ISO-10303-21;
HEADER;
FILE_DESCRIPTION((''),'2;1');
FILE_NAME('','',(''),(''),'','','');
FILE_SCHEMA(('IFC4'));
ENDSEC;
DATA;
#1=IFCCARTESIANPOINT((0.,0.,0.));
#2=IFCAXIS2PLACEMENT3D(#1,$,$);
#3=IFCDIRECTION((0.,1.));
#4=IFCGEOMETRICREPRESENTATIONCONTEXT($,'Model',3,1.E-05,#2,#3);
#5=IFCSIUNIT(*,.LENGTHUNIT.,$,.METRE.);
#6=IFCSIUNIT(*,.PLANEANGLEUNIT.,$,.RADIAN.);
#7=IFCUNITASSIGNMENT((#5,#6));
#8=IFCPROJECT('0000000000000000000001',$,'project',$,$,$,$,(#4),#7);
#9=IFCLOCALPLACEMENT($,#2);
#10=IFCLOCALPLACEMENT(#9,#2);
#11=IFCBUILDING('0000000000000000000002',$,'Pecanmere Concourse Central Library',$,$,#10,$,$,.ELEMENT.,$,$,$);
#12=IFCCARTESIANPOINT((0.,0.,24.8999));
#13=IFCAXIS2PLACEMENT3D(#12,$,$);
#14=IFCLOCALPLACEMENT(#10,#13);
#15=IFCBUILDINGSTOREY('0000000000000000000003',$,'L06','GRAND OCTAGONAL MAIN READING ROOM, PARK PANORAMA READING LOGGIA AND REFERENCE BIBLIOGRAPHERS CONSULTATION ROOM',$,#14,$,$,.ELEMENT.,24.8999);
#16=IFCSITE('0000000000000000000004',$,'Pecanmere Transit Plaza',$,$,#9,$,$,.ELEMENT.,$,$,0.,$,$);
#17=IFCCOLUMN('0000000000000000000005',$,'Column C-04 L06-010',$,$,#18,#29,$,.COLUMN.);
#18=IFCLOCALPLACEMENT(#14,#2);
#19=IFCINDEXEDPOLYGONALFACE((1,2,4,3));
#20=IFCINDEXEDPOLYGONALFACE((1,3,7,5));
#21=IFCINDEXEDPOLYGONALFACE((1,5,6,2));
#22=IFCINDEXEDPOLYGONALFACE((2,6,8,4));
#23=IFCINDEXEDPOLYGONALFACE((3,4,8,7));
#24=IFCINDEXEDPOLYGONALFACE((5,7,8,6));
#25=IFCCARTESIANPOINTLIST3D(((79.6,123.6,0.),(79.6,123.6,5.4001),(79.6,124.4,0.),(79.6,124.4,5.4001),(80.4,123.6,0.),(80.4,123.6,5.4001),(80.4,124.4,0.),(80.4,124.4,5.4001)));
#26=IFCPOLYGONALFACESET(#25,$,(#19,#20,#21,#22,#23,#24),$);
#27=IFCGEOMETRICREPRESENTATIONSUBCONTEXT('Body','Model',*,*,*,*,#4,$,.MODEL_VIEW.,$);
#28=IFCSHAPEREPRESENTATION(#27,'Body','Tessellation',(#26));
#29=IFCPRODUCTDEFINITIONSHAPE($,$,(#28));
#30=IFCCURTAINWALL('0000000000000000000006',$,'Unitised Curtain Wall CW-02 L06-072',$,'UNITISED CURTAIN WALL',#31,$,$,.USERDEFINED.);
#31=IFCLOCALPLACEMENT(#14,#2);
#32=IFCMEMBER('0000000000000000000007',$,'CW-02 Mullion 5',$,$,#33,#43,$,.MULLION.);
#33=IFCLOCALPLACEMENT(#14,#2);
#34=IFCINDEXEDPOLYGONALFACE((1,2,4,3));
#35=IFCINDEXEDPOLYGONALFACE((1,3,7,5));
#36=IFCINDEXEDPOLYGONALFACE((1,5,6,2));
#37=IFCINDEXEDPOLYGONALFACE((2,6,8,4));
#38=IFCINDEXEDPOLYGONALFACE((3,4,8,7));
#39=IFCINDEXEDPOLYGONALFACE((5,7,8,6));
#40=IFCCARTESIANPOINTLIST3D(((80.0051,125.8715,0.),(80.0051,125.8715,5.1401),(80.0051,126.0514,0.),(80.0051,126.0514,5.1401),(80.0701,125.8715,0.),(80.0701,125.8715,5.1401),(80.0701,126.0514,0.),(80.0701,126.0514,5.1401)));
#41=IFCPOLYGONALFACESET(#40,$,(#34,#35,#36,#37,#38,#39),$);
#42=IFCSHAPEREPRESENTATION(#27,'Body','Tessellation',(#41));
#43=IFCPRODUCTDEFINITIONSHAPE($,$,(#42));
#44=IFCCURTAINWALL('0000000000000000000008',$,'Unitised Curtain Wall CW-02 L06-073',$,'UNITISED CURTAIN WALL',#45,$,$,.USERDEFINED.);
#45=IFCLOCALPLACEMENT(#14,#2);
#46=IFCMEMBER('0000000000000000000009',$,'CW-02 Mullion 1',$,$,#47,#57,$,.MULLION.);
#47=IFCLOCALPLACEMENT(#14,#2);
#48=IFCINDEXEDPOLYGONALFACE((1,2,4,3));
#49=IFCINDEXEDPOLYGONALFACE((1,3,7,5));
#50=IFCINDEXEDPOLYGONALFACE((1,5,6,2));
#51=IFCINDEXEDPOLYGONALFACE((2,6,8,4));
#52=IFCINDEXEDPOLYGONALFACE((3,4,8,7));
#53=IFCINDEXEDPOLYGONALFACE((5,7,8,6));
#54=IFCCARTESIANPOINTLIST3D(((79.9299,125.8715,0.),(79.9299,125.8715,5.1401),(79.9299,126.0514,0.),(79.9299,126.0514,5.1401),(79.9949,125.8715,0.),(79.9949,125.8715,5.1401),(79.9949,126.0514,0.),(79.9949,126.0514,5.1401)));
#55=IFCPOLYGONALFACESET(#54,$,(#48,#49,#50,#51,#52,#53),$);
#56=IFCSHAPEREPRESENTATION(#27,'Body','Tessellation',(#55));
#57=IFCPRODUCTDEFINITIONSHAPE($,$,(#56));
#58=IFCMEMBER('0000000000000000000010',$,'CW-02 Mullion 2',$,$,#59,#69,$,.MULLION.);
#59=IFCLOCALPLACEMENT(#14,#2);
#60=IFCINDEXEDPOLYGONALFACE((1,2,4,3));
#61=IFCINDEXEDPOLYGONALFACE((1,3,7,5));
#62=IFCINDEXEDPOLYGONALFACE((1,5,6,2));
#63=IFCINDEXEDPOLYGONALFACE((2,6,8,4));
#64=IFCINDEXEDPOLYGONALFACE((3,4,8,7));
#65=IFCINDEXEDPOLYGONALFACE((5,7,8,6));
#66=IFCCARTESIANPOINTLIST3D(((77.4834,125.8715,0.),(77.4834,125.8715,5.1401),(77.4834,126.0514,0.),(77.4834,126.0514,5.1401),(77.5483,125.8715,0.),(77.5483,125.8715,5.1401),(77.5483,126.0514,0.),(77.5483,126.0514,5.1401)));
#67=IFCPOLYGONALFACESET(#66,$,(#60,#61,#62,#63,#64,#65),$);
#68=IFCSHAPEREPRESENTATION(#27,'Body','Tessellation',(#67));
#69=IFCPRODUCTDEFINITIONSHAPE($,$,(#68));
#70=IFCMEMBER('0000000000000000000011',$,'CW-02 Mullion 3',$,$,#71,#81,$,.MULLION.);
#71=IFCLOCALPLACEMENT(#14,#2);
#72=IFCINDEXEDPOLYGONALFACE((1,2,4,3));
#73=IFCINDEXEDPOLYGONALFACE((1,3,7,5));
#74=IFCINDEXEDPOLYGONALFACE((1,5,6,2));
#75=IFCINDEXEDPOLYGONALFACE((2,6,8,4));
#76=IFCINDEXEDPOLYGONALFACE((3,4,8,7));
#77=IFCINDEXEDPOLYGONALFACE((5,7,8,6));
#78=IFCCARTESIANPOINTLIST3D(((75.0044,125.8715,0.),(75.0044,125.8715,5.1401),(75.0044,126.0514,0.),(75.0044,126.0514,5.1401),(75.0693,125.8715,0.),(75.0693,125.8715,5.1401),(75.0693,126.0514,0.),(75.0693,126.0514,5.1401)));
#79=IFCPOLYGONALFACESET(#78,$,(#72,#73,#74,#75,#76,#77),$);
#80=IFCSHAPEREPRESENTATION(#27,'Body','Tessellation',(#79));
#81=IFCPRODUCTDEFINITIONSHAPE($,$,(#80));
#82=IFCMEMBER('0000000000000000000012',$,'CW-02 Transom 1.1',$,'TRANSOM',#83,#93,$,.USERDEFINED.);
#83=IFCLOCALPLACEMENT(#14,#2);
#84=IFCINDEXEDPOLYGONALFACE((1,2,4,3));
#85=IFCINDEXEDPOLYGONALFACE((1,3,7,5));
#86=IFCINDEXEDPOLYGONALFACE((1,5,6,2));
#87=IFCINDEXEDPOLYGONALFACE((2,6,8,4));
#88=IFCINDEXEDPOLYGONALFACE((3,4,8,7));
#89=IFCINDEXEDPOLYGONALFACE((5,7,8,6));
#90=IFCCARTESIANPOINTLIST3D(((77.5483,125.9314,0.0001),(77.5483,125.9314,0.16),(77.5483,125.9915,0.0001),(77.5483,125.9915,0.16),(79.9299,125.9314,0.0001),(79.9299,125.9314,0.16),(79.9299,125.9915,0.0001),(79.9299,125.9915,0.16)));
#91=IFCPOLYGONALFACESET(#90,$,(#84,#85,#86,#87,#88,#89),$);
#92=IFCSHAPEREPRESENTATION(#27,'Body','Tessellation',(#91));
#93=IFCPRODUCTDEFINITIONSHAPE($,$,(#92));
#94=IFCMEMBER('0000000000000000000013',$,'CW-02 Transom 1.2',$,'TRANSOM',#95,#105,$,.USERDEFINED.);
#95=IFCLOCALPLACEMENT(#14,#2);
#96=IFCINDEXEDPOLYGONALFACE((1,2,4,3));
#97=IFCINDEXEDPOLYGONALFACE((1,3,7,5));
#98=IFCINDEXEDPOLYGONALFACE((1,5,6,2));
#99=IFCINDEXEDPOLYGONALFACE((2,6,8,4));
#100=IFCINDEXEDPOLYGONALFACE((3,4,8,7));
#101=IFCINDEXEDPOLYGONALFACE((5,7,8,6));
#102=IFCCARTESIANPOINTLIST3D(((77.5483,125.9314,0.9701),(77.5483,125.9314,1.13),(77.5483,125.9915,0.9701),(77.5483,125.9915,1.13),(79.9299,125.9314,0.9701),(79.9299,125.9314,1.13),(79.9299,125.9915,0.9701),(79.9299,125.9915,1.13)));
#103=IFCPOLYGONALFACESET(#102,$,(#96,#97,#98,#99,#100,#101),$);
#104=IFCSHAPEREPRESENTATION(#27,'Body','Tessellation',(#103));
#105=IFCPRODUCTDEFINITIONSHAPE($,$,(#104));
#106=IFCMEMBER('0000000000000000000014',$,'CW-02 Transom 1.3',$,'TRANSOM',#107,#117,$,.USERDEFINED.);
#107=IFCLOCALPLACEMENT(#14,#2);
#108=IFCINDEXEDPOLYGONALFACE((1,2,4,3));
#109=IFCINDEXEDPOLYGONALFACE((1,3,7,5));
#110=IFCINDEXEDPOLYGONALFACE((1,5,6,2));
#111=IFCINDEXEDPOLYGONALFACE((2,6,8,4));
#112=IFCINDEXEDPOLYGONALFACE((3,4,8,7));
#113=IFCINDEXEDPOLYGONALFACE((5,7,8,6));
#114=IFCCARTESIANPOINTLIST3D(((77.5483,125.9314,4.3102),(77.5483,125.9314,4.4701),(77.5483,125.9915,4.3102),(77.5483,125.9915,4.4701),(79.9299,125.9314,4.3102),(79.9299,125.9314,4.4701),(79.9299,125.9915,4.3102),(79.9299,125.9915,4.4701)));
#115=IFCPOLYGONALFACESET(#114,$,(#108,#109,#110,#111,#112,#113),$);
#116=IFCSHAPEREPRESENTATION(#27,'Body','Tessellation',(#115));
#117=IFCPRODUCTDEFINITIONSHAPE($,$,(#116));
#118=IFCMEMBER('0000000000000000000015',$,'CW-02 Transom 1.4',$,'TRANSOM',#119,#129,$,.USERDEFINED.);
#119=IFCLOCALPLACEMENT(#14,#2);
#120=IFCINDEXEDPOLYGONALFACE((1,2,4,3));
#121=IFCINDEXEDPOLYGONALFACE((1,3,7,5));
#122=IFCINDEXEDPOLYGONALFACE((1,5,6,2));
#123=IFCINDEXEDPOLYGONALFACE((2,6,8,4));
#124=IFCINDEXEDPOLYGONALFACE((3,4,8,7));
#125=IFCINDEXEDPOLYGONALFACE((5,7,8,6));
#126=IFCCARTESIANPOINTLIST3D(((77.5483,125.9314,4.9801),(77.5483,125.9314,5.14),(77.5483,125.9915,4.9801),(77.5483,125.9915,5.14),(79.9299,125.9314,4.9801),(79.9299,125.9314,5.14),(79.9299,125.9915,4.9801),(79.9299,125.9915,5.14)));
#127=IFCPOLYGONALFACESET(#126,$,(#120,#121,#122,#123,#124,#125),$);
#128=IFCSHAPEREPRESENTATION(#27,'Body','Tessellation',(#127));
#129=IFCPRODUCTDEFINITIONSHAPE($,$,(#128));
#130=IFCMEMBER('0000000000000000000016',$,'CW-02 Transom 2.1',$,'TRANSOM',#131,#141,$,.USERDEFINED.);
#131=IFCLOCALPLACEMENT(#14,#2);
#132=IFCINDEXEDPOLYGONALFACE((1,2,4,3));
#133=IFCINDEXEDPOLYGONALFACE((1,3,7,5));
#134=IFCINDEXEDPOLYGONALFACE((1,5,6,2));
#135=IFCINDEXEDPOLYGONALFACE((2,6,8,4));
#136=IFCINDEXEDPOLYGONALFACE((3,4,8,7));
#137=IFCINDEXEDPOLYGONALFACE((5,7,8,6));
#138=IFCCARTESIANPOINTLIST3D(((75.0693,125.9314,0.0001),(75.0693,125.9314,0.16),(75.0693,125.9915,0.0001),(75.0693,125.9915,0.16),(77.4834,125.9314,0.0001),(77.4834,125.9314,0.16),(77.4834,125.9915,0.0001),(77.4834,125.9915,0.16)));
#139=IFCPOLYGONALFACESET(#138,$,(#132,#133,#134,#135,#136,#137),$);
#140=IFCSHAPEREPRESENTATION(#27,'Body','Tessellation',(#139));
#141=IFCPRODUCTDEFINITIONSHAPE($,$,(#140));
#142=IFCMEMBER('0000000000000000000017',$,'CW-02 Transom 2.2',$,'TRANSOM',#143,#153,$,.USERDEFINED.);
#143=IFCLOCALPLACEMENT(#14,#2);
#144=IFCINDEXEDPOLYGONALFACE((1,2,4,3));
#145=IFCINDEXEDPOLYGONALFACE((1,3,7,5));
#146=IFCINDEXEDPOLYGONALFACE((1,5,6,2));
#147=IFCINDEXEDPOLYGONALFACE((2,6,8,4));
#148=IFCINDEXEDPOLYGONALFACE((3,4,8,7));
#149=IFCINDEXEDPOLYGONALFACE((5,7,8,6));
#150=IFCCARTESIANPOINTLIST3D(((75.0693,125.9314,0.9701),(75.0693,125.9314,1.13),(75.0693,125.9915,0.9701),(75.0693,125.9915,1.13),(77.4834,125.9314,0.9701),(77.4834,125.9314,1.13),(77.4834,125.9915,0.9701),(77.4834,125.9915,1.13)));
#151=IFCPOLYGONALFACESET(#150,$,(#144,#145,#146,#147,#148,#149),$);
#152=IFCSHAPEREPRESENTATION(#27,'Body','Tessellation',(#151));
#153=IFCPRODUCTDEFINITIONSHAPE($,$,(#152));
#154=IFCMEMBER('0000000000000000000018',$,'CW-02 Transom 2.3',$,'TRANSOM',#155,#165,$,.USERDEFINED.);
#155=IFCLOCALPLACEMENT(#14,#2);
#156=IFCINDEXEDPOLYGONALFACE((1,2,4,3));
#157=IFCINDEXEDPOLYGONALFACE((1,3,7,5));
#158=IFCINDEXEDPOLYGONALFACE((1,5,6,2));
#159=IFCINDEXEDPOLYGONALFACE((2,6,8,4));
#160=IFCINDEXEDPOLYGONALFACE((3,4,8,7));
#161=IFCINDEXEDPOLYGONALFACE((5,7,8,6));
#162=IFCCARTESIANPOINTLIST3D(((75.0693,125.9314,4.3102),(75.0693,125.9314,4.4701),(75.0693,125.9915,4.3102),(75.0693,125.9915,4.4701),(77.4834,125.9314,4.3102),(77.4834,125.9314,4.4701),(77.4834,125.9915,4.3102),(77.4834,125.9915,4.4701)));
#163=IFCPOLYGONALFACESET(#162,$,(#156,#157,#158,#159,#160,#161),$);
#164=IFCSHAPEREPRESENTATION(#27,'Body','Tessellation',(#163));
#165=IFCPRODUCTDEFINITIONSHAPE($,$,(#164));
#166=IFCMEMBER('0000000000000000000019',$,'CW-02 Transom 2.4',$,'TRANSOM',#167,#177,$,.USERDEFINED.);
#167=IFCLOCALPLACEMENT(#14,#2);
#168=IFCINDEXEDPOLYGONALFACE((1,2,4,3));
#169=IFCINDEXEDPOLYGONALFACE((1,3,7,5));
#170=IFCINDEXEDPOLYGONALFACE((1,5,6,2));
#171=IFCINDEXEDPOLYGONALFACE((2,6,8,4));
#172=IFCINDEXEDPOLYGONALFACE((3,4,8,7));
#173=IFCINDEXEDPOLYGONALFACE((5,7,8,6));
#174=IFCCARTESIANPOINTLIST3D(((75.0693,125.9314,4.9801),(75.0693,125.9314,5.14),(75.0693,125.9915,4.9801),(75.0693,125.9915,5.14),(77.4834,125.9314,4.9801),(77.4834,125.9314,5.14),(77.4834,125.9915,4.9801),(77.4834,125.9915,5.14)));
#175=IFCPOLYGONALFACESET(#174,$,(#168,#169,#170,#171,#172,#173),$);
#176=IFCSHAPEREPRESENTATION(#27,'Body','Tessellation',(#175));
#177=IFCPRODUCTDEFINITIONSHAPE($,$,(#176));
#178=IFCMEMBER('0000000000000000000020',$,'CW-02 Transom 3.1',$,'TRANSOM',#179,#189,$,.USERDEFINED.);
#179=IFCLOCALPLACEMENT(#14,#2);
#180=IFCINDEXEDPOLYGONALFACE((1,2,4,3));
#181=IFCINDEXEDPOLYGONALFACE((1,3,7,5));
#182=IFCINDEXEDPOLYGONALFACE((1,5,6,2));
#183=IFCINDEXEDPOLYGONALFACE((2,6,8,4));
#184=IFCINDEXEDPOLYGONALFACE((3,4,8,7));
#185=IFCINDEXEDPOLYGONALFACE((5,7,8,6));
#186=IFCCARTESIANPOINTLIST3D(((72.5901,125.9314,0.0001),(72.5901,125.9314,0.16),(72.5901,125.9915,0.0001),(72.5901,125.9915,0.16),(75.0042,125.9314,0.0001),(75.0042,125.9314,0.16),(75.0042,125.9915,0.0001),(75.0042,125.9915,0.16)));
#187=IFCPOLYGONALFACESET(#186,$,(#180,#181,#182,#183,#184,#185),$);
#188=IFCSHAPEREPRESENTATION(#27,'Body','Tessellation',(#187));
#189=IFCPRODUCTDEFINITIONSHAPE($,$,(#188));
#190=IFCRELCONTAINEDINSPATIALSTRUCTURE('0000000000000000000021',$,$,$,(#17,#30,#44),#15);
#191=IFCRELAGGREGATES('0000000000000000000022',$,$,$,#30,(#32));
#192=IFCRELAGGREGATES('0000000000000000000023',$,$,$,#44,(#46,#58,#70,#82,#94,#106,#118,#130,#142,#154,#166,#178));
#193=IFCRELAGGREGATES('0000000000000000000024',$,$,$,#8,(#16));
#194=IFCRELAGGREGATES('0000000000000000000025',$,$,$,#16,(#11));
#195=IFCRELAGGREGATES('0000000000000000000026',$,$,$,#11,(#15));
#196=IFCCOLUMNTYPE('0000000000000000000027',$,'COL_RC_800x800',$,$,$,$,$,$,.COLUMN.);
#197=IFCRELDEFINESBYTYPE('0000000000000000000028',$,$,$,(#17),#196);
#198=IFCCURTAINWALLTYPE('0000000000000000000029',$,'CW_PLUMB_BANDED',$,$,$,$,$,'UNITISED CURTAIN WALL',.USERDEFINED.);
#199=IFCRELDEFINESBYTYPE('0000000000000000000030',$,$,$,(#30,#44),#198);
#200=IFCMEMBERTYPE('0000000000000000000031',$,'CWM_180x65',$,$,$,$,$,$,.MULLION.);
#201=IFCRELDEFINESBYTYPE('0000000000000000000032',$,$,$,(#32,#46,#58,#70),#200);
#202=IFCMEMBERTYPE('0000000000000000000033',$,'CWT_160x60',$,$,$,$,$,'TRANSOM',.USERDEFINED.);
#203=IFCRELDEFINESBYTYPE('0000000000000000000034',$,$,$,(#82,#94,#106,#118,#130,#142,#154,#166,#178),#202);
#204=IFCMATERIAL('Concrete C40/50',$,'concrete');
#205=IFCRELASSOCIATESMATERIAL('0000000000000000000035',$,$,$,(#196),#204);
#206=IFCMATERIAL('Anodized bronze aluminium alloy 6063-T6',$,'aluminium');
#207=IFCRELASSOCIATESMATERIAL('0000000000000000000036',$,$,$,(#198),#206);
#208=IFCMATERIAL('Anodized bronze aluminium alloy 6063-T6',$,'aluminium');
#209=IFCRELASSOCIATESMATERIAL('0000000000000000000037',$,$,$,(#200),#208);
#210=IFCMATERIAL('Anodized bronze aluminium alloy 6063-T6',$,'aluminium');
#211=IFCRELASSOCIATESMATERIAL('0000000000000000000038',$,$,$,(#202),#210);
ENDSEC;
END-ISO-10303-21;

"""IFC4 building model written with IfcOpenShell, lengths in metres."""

from ifc_helpers import new_model, si_unit, direction, frame, origin, origin_2d, place, context, subcontext, project, spatial, rectangle, extrude, material, material_profile, profile_set, type_object, element, aggregate, save


model = new_model("IFC4")

# Units and contexts
model_context = context("Model", 3, precision=1e-05, world=origin(), true_north=direction((0.0, 1.0)))
body_context = subcontext(model_context, "Body", "Model", "MODEL_VIEW")
ifc_project = project(units=[si_unit("LENGTHUNIT", "METRE"), si_unit("PLANEANGLEUNIT", "RADIAN")], contexts=[model_context])

# Site, building, storey
site_placement = place(None, origin())
site = spatial("IfcSite", under=ifc_project, at=site_placement, Name="Pecanmere Transit Plaza", CompositionType="ELEMENT", RefElevation=0.0)
building_placement = place(site_placement, origin())
building = spatial("IfcBuilding", under=site, at=building_placement, Name="Pecanmere Concourse Central Library", CompositionType="ELEMENT")
storey_placement = place(building_placement, frame((0.0, 0.0, 24.8999)))
storey = spatial("IfcBuildingStorey", under=building, at=storey_placement, Name="L06", Description="GRAND OCTAGONAL MAIN READING ROOM, PARK PANORAMA READING LOGGIA AND REFERENCE BIBLIOGRAPHERS CONSULTATION ROOM", CompositionType="ELEMENT", Elevation=24.8999)

# Column
ifc_material_1 = material(Name="Concrete C40/50", Category="concrete")
ifc_material_profile_1 = material_profile(ifc_material_1, rectangle(XDim=0.8, YDim=0.8, at=origin_2d()), Name="RC 800x800")
ifc_profile_set_1 = profile_set([ifc_material_profile_1], Name="Concrete C40/50")
column_type = type_object("IfcColumnType", Name="COL_RC_800x800", PredefinedType="COLUMN", material=ifc_profile_set_1)
column_placement = place(storey_placement, frame((80.0, 124.0, 0.0), z_axis=(0.0, 0.0, 1.0), x_axis=(1.0, 0.0, 0.0)))
element("IfcColumn", 1, at=column_placement, inside=storey, type_object=column_type, Name="Column C-04 L06-010", PredefinedType="COLUMN", context=body_context, shape_type="SweptSolid", body=[
    extrude(rectangle(XDim=0.8, YDim=0.8, at=origin_2d()), origin(), (0.0, 0.0, 1.0), 5.4001),
])

# Curtain wall, member
ifc_material_2 = material(Name="Anodized bronze aluminium alloy 6063-T6", Category="aluminium")
curtain_wall_type = type_object("IfcCurtainWallType", Name="CW_PLUMB_BANDED", ElementType="UNITISED CURTAIN WALL", PredefinedType="USERDEFINED", material=ifc_material_2)
curtain_wall_1_placement = place(storey_placement, origin())
curtain_wall_1 = element("IfcCurtainWall", 2, at=curtain_wall_1_placement, inside=storey, type_object=curtain_wall_type, Name="Unitised Curtain Wall CW-02 L06-072", ObjectType="UNITISED CURTAIN WALL", PredefinedType="USERDEFINED")
ifc_material_3 = material(Name="Anodized bronze aluminium alloy 6063-T6", Category="aluminium")
ifc_material_profile_2 = material_profile(ifc_material_3, rectangle(XDim=0.0649, YDim=0.1799, at=origin_2d()), Name="AL 65x180")
ifc_profile_set_2 = profile_set([ifc_material_profile_2], Name="Anodized bronze aluminium alloy 6063-T6")
member_type_1 = type_object("IfcMemberType", Name="CWM_180x65", PredefinedType="MULLION", material=ifc_profile_set_2)
member_1_placement = place(storey_placement, frame((80.0376, 125.9614, 0.0), z_axis=(0.0, 0.0, 1.0), x_axis=(-1.0, 0.0, 0.0)))
member_1 = element("IfcMember", 3, at=member_1_placement, type_object=member_type_1, Name="CW-02 Mullion 5", PredefinedType="MULLION", context=body_context, shape_type="SweptSolid", body=[
    extrude(rectangle(XDim=0.0649, YDim=0.1799, at=origin_2d()), origin(), (0.0, 0.0, 1.0), 5.1401),
])
aggregate(curtain_wall_1, [member_1])

# Curtain wall, members
curtain_wall_2_placement = place(storey_placement, origin())
curtain_wall_2 = element("IfcCurtainWall", 4, at=curtain_wall_2_placement, inside=storey, type_object=curtain_wall_type, Name="Unitised Curtain Wall CW-02 L06-073", ObjectType="UNITISED CURTAIN WALL", PredefinedType="USERDEFINED")
member_2_placement = place(storey_placement, frame((79.9624, 125.9614, 0.0), z_axis=(0.0, 0.0, 1.0), x_axis=(-1.0, 0.0, 0.0)))
member_2 = element("IfcMember", 5, at=member_2_placement, type_object=member_type_1, Name="CW-02 Mullion 1", PredefinedType="MULLION", context=body_context, shape_type="SweptSolid", body=[
    extrude(rectangle(XDim=0.0649, YDim=0.1799, at=origin_2d()), origin(), (0.0, 0.0, 1.0), 5.1401),
])
member_3_placement = place(storey_placement, frame((77.5159, 125.9614, 0.0), z_axis=(0.0, 0.0, 1.0), x_axis=(-1.0, 0.0, 0.0)))
member_3 = element("IfcMember", 6, at=member_3_placement, type_object=member_type_1, Name="CW-02 Mullion 2", PredefinedType="MULLION", context=body_context, shape_type="SweptSolid", body=[
    extrude(rectangle(XDim=0.0649, YDim=0.1799, at=origin_2d()), origin(), (0.0, 0.0, 1.0), 5.1401),
])
member_4_placement = place(storey_placement, frame((75.0369, 125.9614, 0.0), z_axis=(0.0, 0.0, 1.0), x_axis=(-1.0, 0.0, 0.0)))
member_4 = element("IfcMember", 7, at=member_4_placement, type_object=member_type_1, Name="CW-02 Mullion 3", PredefinedType="MULLION", context=body_context, shape_type="SweptSolid", body=[
    extrude(rectangle(XDim=0.0649, YDim=0.1799, at=origin_2d()), origin(), (0.0, 0.0, 1.0), 5.1401),
])
ifc_material_4 = material(Name="Anodized bronze aluminium alloy 6063-T6", Category="aluminium")
ifc_material_profile_3 = material_profile(ifc_material_4, rectangle(XDim=0.0601, YDim=0.1599, at=origin_2d()), Name="AL 60x160")
ifc_profile_set_3 = profile_set([ifc_material_profile_3], Name="Anodized bronze aluminium alloy 6063-T6")
member_type_2 = type_object("IfcMemberType", Name="CWT_160x60", ElementType="TRANSOM", PredefinedType="USERDEFINED", material=ifc_profile_set_3)
member_5_placement = place(storey_placement, frame((79.9299, 125.9614, 0.0801), z_axis=(-1.0, 0.0, 0.0), x_axis=(0.0, -1.0, 0.0)))
member_5 = element("IfcMember", 8, at=member_5_placement, type_object=member_type_2, Name="CW-02 Transom 1.1", ObjectType="TRANSOM", PredefinedType="USERDEFINED", context=body_context, shape_type="SweptSolid", body=[
    extrude(rectangle(XDim=0.0601, YDim=0.1599, at=origin_2d()), origin(), (0.0, 0.0, 1.0), 2.3816),
])
member_6_placement = place(storey_placement, frame((79.9299, 125.9614, 1.05), z_axis=(-1.0, 0.0, 0.0), x_axis=(0.0, -1.0, 0.0)))
member_6 = element("IfcMember", 9, at=member_6_placement, type_object=member_type_2, Name="CW-02 Transom 1.2", ObjectType="TRANSOM", PredefinedType="USERDEFINED", context=body_context, shape_type="SweptSolid", body=[
    extrude(rectangle(XDim=0.0601, YDim=0.1599, at=origin_2d()), origin(), (0.0, 0.0, 1.0), 2.3816),
])
member_7_placement = place(storey_placement, frame((79.9299, 125.9614, 4.3901), z_axis=(-1.0, 0.0, 0.0), x_axis=(0.0, -1.0, 0.0)))
member_7 = element("IfcMember", 10, at=member_7_placement, type_object=member_type_2, Name="CW-02 Transom 1.3", ObjectType="TRANSOM", PredefinedType="USERDEFINED", context=body_context, shape_type="SweptSolid", body=[
    extrude(rectangle(XDim=0.0601, YDim=0.1599, at=origin_2d()), origin(), (0.0, 0.0, 1.0), 2.3816),
])
member_8_placement = place(storey_placement, frame((79.9299, 125.9614, 5.0601), z_axis=(-1.0, 0.0, 0.0), x_axis=(0.0, -1.0, 0.0)))
member_8 = element("IfcMember", 11, at=member_8_placement, type_object=member_type_2, Name="CW-02 Transom 1.4", ObjectType="TRANSOM", PredefinedType="USERDEFINED", context=body_context, shape_type="SweptSolid", body=[
    extrude(rectangle(XDim=0.0601, YDim=0.1599, at=origin_2d()), origin(), (0.0, 0.0, 1.0), 2.3816),
])
member_9_placement = place(storey_placement, frame((77.4834, 125.9614, 0.0801), z_axis=(-1.0, 0.0, 0.0), x_axis=(0.0, -1.0, 0.0)))
member_9 = element("IfcMember", 12, at=member_9_placement, type_object=member_type_2, Name="CW-02 Transom 2.1", ObjectType="TRANSOM", PredefinedType="USERDEFINED", context=body_context, shape_type="SweptSolid", body=[
    extrude(rectangle(XDim=0.0601, YDim=0.1599, at=origin_2d()), origin(), (0.0, 0.0, 1.0), 2.4141),
])
member_10_placement = place(storey_placement, frame((77.4834, 125.9614, 1.05), z_axis=(-1.0, 0.0, 0.0), x_axis=(0.0, -1.0, 0.0)))
member_10 = element("IfcMember", 13, at=member_10_placement, type_object=member_type_2, Name="CW-02 Transom 2.2", ObjectType="TRANSOM", PredefinedType="USERDEFINED", context=body_context, shape_type="SweptSolid", body=[
    extrude(rectangle(XDim=0.0601, YDim=0.1599, at=origin_2d()), origin(), (0.0, 0.0, 1.0), 2.4141),
])
member_11_placement = place(storey_placement, frame((77.4834, 125.9614, 4.3901), z_axis=(-1.0, 0.0, 0.0), x_axis=(0.0, -1.0, 0.0)))
member_11 = element("IfcMember", 14, at=member_11_placement, type_object=member_type_2, Name="CW-02 Transom 2.3", ObjectType="TRANSOM", PredefinedType="USERDEFINED", context=body_context, shape_type="SweptSolid", body=[
    extrude(rectangle(XDim=0.0601, YDim=0.1599, at=origin_2d()), origin(), (0.0, 0.0, 1.0), 2.4141),
])
member_12_placement = place(storey_placement, frame((77.4834, 125.9614, 5.0601), z_axis=(-1.0, 0.0, 0.0), x_axis=(0.0, -1.0, 0.0)))
member_12 = element("IfcMember", 15, at=member_12_placement, type_object=member_type_2, Name="CW-02 Transom 2.4", ObjectType="TRANSOM", PredefinedType="USERDEFINED", context=body_context, shape_type="SweptSolid", body=[
    extrude(rectangle(XDim=0.0601, YDim=0.1599, at=origin_2d()), origin(), (0.0, 0.0, 1.0), 2.4141),
])
member_13_placement = place(storey_placement, frame((75.0042, 125.9614, 0.0801), z_axis=(-1.0, 0.0, 0.0), x_axis=(0.0, -1.0, 0.0)))
member_13 = element("IfcMember", 16, at=member_13_placement, type_object=member_type_2, Name="CW-02 Transom 3.1", ObjectType="TRANSOM", PredefinedType="USERDEFINED", context=body_context, shape_type="SweptSolid", body=[
    extrude(rectangle(XDim=0.0601, YDim=0.1599, at=origin_2d()), origin(), (0.0, 0.0, 1.0), 2.4141),
])
aggregate(curtain_wall_2, [member_2, member_3, member_4, member_5, member_6, member_7, member_8, member_9, member_10, member_11, member_12, member_13])

save(model, "model.ifc")
